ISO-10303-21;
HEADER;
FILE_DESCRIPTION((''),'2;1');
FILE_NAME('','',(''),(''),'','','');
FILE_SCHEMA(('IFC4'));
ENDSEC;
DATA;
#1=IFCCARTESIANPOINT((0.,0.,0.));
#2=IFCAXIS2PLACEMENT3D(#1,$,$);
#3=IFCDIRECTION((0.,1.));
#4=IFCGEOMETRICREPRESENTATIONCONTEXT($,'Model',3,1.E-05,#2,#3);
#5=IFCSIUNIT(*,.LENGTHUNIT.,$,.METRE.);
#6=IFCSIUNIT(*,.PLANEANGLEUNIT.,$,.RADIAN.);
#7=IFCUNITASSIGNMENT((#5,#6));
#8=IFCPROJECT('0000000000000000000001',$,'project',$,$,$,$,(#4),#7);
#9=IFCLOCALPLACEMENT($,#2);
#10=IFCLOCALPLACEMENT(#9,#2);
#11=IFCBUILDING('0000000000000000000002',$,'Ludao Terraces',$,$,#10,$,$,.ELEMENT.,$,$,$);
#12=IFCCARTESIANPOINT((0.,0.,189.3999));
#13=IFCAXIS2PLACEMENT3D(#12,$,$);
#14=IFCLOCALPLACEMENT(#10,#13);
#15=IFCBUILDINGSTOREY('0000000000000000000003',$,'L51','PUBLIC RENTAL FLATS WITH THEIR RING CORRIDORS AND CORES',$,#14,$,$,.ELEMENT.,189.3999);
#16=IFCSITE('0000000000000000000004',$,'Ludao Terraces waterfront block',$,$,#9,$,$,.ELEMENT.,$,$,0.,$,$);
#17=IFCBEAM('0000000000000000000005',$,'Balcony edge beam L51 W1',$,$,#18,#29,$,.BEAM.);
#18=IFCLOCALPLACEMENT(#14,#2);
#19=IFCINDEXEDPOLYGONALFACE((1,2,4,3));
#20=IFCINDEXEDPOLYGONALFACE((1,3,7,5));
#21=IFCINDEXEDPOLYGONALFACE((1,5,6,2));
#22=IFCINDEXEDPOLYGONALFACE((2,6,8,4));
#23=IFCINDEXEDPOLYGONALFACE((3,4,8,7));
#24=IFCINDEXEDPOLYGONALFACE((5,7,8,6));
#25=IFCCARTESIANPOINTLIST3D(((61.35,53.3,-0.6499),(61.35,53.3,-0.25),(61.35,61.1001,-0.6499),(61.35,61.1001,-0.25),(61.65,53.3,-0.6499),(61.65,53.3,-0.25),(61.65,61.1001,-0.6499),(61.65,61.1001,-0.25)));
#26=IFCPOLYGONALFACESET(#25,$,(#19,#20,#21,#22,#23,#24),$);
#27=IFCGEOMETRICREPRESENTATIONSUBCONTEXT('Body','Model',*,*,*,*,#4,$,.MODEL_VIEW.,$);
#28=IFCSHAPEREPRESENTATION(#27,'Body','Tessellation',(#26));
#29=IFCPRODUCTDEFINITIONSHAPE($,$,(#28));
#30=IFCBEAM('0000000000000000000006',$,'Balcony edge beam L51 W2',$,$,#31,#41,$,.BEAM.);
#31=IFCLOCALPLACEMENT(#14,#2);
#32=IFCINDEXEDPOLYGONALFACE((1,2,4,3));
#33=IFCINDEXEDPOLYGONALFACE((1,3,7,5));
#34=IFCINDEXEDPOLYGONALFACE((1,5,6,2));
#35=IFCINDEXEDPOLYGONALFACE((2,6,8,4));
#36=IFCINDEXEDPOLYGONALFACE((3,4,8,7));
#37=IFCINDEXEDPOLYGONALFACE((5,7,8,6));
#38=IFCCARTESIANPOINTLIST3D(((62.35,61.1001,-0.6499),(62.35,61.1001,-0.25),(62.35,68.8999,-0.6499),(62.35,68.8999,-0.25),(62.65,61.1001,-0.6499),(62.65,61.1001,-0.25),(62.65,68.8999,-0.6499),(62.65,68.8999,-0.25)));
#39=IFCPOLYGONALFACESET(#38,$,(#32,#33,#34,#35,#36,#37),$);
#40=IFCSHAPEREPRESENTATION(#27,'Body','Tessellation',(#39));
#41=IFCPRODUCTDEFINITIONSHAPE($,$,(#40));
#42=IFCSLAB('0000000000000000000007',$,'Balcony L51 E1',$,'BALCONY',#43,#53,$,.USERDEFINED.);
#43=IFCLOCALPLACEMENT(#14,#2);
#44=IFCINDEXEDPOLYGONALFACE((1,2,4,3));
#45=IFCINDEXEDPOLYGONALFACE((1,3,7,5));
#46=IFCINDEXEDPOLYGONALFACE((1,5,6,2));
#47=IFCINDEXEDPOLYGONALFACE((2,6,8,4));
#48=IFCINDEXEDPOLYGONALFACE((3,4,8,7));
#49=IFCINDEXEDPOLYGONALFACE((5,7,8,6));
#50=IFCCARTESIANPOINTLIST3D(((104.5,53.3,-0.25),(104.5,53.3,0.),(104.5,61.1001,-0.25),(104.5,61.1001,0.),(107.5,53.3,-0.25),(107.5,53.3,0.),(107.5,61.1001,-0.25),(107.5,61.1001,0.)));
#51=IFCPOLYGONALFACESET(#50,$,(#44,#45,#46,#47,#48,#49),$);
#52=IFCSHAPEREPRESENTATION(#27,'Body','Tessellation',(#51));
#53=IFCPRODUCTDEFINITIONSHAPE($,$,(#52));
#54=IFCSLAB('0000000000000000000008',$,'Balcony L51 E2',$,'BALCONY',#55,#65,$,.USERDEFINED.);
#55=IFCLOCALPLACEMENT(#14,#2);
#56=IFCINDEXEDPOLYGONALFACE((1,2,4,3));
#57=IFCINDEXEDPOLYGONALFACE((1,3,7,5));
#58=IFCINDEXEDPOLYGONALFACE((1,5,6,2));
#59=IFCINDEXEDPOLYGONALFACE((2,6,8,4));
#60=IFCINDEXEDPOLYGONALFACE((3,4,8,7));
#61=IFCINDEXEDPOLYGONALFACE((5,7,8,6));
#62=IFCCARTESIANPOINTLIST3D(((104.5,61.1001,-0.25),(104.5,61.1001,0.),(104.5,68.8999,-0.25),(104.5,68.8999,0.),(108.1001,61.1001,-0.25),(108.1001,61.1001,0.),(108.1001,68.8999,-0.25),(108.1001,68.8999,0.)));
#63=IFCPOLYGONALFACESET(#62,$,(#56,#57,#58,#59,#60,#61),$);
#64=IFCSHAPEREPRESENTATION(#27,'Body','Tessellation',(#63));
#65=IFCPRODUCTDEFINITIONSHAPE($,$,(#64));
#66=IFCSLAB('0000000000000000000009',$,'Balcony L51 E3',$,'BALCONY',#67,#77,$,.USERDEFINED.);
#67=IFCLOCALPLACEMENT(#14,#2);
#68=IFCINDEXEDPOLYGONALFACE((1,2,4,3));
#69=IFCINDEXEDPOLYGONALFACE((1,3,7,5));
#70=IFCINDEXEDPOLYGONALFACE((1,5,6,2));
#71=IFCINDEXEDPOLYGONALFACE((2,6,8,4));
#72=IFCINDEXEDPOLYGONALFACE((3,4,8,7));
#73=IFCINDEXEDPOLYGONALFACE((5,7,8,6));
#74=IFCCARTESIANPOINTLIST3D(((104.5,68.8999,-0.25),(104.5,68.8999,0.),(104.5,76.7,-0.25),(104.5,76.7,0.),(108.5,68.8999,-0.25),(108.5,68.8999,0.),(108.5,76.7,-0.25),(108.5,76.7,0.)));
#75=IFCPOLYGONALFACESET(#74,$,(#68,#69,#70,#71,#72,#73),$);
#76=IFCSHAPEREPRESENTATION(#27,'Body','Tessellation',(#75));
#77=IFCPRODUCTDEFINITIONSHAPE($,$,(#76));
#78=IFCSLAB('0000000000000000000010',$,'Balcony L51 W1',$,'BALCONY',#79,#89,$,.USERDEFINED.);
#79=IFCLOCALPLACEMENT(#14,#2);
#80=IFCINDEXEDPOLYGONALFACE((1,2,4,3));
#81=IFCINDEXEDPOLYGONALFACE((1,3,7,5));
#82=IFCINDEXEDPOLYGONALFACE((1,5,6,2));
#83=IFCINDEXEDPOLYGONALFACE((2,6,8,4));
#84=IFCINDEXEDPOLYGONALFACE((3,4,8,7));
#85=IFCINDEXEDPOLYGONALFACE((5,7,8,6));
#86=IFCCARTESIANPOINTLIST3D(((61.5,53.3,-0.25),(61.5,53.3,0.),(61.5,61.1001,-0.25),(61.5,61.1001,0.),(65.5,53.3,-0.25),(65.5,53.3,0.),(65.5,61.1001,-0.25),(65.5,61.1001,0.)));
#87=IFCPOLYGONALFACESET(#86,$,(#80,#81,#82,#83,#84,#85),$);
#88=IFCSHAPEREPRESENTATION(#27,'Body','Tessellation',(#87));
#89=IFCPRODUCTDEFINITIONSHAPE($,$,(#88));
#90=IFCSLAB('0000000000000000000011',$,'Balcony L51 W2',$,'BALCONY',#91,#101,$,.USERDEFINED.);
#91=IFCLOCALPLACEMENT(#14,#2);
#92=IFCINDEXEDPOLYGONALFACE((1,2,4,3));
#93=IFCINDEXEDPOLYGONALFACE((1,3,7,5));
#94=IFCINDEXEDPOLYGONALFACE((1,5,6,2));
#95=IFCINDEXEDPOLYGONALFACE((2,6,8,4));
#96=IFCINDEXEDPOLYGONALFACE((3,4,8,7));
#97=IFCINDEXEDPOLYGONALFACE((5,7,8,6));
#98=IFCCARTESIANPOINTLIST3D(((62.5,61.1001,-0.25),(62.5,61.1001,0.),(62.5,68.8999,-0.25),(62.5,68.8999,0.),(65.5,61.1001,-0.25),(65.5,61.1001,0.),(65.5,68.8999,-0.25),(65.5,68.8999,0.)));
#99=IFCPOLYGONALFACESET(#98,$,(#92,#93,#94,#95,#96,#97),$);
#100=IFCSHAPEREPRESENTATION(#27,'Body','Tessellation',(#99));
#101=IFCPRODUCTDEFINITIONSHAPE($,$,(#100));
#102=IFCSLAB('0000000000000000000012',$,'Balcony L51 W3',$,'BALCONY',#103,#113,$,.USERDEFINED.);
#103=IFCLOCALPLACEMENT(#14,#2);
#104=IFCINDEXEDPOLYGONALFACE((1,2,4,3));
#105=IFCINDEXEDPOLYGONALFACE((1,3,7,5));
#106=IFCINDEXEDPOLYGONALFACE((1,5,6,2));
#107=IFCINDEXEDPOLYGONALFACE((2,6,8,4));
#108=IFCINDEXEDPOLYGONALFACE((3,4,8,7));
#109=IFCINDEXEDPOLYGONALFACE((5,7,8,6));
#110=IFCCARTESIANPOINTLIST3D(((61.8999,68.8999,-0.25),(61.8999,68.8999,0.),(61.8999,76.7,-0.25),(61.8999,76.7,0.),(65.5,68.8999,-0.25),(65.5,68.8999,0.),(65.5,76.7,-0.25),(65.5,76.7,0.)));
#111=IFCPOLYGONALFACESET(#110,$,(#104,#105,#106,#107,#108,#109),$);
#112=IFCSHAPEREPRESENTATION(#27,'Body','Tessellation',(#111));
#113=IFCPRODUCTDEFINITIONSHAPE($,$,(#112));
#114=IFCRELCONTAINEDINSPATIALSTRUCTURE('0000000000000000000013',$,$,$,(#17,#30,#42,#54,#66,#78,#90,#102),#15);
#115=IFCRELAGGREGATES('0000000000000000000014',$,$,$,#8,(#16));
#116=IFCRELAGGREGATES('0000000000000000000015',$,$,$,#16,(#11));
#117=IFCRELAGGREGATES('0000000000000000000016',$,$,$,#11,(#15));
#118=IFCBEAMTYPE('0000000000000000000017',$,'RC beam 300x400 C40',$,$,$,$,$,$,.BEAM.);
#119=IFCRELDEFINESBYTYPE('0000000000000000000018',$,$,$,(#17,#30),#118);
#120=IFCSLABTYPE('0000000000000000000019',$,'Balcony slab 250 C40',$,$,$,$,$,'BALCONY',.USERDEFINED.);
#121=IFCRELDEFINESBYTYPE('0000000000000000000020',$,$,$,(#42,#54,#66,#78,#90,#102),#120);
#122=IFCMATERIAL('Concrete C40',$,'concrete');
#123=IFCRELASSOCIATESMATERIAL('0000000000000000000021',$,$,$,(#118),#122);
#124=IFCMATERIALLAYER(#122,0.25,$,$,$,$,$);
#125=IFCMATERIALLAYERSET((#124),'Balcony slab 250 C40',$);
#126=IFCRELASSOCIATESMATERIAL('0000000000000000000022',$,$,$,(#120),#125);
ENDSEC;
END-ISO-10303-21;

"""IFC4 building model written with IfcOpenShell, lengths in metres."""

from ifc_helpers import new_model, si_unit, direction, frame, origin, origin_2d, place, context, subcontext, project, spatial, polyline, rectangle, outline, extrude, material, layer, layer_set, material_profile, profile_set, type_object, element, save


model = new_model("IFC4")

# Units and contexts
model_context = context("Model", 3, precision=1e-05, world=origin(), true_north=direction((0.0, 1.0)))
body_context = subcontext(model_context, "Body", "Model", "MODEL_VIEW")
ifc_project = project(units=[si_unit("LENGTHUNIT", "METRE"), si_unit("PLANEANGLEUNIT", "RADIAN")], contexts=[model_context])

# Site, building, storey
site_placement = place(None, origin())
site = spatial("IfcSite", under=ifc_project, at=site_placement, Name="Ludao Terraces waterfront block", CompositionType="ELEMENT", RefElevation=0.0)
building_placement = place(site_placement, origin())
building = spatial("IfcBuilding", under=site, at=building_placement, Name="Ludao Terraces", CompositionType="ELEMENT")
storey_placement = place(building_placement, frame((0.0, 0.0, 189.3999)))
storey = spatial("IfcBuildingStorey", under=building, at=storey_placement, Name="L51", Description="PUBLIC RENTAL FLATS WITH THEIR RING CORRIDORS AND CORES", CompositionType="ELEMENT", Elevation=189.3999)

# Beams
ifc_material_1 = material(Name="Concrete C40", Category="concrete")
ifc_material_profile = material_profile(ifc_material_1, rectangle(XDim=0.3, YDim=0.3999, at=origin_2d()), Name="300 X 400")
ifc_profile_set = profile_set([ifc_material_profile], Name="Concrete C40")
beam_type = type_object("IfcBeamType", Name="RC beam 300x400 C40", PredefinedType="BEAM", material=ifc_profile_set)
beam_1_placement = place(storey_placement, frame((61.5, 53.3, -0.45), z_axis=(0.0, 1.0, 0.0), x_axis=(-1.0, 0.0, 0.0)))
element("IfcBeam", 1, at=beam_1_placement, inside=storey, type_object=beam_type, Name="Balcony edge beam L51 W1", PredefinedType="BEAM", context=body_context, shape_type="SweptSolid", body=[
    extrude(rectangle(XDim=0.3, YDim=0.3999, at=origin_2d()), origin(), (0.0, 0.0, 1.0), 7.8),
])
beam_2_placement = place(storey_placement, frame((62.5, 61.1001, -0.45), z_axis=(0.0, 1.0, 0.0), x_axis=(-1.0, 0.0, 0.0)))
element("IfcBeam", 2, at=beam_2_placement, inside=storey, type_object=beam_type, Name="Balcony edge beam L51 W2", PredefinedType="BEAM", context=body_context, shape_type="SweptSolid", body=[
    extrude(rectangle(XDim=0.3, YDim=0.3999, at=origin_2d()), origin(), (0.0, 0.0, 1.0), 7.7998),
])

# Slabs
ifc_layer_1 = layer(ifc_material_1, 0.25)
ifc_layer_set_1 = layer_set([ifc_layer_1], Name="Balcony slab 250 C40")
slab_type_1 = type_object("IfcSlabType", Name="Balcony slab 250 C40", ElementType="BALCONY", PredefinedType="USERDEFINED", material=ifc_layer_set_1)
slab_1_placement = place(storey_placement, frame((0.0, 0.0, -0.25)))
element("IfcSlab", 3, at=slab_1_placement, inside=storey, type_object=slab_type_1, Name="Balcony L51 E1", ObjectType="BALCONY", PredefinedType="USERDEFINED", context=body_context, shape_type="SweptSolid", body=[
    extrude(outline(polyline([(104.5, 53.3), (107.5, 53.3), (107.5, 61.1001), (104.5, 61.1001), (104.5, 53.3)])), origin(), (0.0, 0.0, 1.0), 0.25),
])
slab_2_placement = place(storey_placement, frame((0.0, 0.0, -0.25)))
element("IfcSlab", 4, at=slab_2_placement, inside=storey, type_object=slab_type_1, Name="Balcony L51 E2", ObjectType="BALCONY", PredefinedType="USERDEFINED", context=body_context, shape_type="SweptSolid", body=[
    extrude(outline(polyline([(104.5, 61.1001), (108.1001, 61.1001), (108.1001, 68.8999), (104.5, 68.8999), (104.5, 61.1001)])), origin(), (0.0, 0.0, 1.0), 0.25),
])
slab_3_placement = place(storey_placement, frame((0.0, 0.0, -0.25)))
element("IfcSlab", 5, at=slab_3_placement, inside=storey, type_object=slab_type_1, Name="Balcony L51 E3", ObjectType="BALCONY", PredefinedType="USERDEFINED", context=body_context, shape_type="SweptSolid", body=[
    extrude(outline(polyline([(104.5, 68.8999), (108.5, 68.8999), (108.5, 76.7), (104.5, 76.7), (104.5, 68.8999)])), origin(), (0.0, 0.0, 1.0), 0.25),
])
slab_4_placement = place(storey_placement, frame((0.0, 0.0, -0.25)))
element("IfcSlab", 6, at=slab_4_placement, inside=storey, type_object=slab_type_1, Name="Balcony L51 W1", ObjectType="BALCONY", PredefinedType="USERDEFINED", context=body_context, shape_type="SweptSolid", body=[
    extrude(outline(polyline([(61.5, 53.3), (65.5, 53.3), (65.5, 61.1001), (61.5, 61.1001), (61.5, 53.3)])), origin(), (0.0, 0.0, 1.0), 0.25),
])
slab_5_placement = place(storey_placement, frame((0.0, 0.0, -0.25)))
element("IfcSlab", 7, at=slab_5_placement, inside=storey, type_object=slab_type_1, Name="Balcony L51 W2", ObjectType="BALCONY", PredefinedType="USERDEFINED", context=body_context, shape_type="SweptSolid", body=[
    extrude(outline(polyline([(62.5, 61.1001), (65.5, 61.1001), (65.5, 68.8999), (62.5, 68.8999), (62.5, 61.1001)])), origin(), (0.0, 0.0, 1.0), 0.25),
])
slab_6_placement = place(storey_placement, frame((0.0, 0.0, -0.25)))
element("IfcSlab", 8, at=slab_6_placement, inside=storey, type_object=slab_type_1, Name="Balcony L51 W3", ObjectType="BALCONY", PredefinedType="USERDEFINED", context=body_context, shape_type="SweptSolid", body=[
    extrude(outline(polyline([(61.8999, 68.8999), (65.5, 68.8999), (65.5, 76.7), (61.8999, 76.7), (61.8999, 68.8999)])), origin(), (0.0, 0.0, 1.0), 0.25),
])

save(model, "model.ifc")
